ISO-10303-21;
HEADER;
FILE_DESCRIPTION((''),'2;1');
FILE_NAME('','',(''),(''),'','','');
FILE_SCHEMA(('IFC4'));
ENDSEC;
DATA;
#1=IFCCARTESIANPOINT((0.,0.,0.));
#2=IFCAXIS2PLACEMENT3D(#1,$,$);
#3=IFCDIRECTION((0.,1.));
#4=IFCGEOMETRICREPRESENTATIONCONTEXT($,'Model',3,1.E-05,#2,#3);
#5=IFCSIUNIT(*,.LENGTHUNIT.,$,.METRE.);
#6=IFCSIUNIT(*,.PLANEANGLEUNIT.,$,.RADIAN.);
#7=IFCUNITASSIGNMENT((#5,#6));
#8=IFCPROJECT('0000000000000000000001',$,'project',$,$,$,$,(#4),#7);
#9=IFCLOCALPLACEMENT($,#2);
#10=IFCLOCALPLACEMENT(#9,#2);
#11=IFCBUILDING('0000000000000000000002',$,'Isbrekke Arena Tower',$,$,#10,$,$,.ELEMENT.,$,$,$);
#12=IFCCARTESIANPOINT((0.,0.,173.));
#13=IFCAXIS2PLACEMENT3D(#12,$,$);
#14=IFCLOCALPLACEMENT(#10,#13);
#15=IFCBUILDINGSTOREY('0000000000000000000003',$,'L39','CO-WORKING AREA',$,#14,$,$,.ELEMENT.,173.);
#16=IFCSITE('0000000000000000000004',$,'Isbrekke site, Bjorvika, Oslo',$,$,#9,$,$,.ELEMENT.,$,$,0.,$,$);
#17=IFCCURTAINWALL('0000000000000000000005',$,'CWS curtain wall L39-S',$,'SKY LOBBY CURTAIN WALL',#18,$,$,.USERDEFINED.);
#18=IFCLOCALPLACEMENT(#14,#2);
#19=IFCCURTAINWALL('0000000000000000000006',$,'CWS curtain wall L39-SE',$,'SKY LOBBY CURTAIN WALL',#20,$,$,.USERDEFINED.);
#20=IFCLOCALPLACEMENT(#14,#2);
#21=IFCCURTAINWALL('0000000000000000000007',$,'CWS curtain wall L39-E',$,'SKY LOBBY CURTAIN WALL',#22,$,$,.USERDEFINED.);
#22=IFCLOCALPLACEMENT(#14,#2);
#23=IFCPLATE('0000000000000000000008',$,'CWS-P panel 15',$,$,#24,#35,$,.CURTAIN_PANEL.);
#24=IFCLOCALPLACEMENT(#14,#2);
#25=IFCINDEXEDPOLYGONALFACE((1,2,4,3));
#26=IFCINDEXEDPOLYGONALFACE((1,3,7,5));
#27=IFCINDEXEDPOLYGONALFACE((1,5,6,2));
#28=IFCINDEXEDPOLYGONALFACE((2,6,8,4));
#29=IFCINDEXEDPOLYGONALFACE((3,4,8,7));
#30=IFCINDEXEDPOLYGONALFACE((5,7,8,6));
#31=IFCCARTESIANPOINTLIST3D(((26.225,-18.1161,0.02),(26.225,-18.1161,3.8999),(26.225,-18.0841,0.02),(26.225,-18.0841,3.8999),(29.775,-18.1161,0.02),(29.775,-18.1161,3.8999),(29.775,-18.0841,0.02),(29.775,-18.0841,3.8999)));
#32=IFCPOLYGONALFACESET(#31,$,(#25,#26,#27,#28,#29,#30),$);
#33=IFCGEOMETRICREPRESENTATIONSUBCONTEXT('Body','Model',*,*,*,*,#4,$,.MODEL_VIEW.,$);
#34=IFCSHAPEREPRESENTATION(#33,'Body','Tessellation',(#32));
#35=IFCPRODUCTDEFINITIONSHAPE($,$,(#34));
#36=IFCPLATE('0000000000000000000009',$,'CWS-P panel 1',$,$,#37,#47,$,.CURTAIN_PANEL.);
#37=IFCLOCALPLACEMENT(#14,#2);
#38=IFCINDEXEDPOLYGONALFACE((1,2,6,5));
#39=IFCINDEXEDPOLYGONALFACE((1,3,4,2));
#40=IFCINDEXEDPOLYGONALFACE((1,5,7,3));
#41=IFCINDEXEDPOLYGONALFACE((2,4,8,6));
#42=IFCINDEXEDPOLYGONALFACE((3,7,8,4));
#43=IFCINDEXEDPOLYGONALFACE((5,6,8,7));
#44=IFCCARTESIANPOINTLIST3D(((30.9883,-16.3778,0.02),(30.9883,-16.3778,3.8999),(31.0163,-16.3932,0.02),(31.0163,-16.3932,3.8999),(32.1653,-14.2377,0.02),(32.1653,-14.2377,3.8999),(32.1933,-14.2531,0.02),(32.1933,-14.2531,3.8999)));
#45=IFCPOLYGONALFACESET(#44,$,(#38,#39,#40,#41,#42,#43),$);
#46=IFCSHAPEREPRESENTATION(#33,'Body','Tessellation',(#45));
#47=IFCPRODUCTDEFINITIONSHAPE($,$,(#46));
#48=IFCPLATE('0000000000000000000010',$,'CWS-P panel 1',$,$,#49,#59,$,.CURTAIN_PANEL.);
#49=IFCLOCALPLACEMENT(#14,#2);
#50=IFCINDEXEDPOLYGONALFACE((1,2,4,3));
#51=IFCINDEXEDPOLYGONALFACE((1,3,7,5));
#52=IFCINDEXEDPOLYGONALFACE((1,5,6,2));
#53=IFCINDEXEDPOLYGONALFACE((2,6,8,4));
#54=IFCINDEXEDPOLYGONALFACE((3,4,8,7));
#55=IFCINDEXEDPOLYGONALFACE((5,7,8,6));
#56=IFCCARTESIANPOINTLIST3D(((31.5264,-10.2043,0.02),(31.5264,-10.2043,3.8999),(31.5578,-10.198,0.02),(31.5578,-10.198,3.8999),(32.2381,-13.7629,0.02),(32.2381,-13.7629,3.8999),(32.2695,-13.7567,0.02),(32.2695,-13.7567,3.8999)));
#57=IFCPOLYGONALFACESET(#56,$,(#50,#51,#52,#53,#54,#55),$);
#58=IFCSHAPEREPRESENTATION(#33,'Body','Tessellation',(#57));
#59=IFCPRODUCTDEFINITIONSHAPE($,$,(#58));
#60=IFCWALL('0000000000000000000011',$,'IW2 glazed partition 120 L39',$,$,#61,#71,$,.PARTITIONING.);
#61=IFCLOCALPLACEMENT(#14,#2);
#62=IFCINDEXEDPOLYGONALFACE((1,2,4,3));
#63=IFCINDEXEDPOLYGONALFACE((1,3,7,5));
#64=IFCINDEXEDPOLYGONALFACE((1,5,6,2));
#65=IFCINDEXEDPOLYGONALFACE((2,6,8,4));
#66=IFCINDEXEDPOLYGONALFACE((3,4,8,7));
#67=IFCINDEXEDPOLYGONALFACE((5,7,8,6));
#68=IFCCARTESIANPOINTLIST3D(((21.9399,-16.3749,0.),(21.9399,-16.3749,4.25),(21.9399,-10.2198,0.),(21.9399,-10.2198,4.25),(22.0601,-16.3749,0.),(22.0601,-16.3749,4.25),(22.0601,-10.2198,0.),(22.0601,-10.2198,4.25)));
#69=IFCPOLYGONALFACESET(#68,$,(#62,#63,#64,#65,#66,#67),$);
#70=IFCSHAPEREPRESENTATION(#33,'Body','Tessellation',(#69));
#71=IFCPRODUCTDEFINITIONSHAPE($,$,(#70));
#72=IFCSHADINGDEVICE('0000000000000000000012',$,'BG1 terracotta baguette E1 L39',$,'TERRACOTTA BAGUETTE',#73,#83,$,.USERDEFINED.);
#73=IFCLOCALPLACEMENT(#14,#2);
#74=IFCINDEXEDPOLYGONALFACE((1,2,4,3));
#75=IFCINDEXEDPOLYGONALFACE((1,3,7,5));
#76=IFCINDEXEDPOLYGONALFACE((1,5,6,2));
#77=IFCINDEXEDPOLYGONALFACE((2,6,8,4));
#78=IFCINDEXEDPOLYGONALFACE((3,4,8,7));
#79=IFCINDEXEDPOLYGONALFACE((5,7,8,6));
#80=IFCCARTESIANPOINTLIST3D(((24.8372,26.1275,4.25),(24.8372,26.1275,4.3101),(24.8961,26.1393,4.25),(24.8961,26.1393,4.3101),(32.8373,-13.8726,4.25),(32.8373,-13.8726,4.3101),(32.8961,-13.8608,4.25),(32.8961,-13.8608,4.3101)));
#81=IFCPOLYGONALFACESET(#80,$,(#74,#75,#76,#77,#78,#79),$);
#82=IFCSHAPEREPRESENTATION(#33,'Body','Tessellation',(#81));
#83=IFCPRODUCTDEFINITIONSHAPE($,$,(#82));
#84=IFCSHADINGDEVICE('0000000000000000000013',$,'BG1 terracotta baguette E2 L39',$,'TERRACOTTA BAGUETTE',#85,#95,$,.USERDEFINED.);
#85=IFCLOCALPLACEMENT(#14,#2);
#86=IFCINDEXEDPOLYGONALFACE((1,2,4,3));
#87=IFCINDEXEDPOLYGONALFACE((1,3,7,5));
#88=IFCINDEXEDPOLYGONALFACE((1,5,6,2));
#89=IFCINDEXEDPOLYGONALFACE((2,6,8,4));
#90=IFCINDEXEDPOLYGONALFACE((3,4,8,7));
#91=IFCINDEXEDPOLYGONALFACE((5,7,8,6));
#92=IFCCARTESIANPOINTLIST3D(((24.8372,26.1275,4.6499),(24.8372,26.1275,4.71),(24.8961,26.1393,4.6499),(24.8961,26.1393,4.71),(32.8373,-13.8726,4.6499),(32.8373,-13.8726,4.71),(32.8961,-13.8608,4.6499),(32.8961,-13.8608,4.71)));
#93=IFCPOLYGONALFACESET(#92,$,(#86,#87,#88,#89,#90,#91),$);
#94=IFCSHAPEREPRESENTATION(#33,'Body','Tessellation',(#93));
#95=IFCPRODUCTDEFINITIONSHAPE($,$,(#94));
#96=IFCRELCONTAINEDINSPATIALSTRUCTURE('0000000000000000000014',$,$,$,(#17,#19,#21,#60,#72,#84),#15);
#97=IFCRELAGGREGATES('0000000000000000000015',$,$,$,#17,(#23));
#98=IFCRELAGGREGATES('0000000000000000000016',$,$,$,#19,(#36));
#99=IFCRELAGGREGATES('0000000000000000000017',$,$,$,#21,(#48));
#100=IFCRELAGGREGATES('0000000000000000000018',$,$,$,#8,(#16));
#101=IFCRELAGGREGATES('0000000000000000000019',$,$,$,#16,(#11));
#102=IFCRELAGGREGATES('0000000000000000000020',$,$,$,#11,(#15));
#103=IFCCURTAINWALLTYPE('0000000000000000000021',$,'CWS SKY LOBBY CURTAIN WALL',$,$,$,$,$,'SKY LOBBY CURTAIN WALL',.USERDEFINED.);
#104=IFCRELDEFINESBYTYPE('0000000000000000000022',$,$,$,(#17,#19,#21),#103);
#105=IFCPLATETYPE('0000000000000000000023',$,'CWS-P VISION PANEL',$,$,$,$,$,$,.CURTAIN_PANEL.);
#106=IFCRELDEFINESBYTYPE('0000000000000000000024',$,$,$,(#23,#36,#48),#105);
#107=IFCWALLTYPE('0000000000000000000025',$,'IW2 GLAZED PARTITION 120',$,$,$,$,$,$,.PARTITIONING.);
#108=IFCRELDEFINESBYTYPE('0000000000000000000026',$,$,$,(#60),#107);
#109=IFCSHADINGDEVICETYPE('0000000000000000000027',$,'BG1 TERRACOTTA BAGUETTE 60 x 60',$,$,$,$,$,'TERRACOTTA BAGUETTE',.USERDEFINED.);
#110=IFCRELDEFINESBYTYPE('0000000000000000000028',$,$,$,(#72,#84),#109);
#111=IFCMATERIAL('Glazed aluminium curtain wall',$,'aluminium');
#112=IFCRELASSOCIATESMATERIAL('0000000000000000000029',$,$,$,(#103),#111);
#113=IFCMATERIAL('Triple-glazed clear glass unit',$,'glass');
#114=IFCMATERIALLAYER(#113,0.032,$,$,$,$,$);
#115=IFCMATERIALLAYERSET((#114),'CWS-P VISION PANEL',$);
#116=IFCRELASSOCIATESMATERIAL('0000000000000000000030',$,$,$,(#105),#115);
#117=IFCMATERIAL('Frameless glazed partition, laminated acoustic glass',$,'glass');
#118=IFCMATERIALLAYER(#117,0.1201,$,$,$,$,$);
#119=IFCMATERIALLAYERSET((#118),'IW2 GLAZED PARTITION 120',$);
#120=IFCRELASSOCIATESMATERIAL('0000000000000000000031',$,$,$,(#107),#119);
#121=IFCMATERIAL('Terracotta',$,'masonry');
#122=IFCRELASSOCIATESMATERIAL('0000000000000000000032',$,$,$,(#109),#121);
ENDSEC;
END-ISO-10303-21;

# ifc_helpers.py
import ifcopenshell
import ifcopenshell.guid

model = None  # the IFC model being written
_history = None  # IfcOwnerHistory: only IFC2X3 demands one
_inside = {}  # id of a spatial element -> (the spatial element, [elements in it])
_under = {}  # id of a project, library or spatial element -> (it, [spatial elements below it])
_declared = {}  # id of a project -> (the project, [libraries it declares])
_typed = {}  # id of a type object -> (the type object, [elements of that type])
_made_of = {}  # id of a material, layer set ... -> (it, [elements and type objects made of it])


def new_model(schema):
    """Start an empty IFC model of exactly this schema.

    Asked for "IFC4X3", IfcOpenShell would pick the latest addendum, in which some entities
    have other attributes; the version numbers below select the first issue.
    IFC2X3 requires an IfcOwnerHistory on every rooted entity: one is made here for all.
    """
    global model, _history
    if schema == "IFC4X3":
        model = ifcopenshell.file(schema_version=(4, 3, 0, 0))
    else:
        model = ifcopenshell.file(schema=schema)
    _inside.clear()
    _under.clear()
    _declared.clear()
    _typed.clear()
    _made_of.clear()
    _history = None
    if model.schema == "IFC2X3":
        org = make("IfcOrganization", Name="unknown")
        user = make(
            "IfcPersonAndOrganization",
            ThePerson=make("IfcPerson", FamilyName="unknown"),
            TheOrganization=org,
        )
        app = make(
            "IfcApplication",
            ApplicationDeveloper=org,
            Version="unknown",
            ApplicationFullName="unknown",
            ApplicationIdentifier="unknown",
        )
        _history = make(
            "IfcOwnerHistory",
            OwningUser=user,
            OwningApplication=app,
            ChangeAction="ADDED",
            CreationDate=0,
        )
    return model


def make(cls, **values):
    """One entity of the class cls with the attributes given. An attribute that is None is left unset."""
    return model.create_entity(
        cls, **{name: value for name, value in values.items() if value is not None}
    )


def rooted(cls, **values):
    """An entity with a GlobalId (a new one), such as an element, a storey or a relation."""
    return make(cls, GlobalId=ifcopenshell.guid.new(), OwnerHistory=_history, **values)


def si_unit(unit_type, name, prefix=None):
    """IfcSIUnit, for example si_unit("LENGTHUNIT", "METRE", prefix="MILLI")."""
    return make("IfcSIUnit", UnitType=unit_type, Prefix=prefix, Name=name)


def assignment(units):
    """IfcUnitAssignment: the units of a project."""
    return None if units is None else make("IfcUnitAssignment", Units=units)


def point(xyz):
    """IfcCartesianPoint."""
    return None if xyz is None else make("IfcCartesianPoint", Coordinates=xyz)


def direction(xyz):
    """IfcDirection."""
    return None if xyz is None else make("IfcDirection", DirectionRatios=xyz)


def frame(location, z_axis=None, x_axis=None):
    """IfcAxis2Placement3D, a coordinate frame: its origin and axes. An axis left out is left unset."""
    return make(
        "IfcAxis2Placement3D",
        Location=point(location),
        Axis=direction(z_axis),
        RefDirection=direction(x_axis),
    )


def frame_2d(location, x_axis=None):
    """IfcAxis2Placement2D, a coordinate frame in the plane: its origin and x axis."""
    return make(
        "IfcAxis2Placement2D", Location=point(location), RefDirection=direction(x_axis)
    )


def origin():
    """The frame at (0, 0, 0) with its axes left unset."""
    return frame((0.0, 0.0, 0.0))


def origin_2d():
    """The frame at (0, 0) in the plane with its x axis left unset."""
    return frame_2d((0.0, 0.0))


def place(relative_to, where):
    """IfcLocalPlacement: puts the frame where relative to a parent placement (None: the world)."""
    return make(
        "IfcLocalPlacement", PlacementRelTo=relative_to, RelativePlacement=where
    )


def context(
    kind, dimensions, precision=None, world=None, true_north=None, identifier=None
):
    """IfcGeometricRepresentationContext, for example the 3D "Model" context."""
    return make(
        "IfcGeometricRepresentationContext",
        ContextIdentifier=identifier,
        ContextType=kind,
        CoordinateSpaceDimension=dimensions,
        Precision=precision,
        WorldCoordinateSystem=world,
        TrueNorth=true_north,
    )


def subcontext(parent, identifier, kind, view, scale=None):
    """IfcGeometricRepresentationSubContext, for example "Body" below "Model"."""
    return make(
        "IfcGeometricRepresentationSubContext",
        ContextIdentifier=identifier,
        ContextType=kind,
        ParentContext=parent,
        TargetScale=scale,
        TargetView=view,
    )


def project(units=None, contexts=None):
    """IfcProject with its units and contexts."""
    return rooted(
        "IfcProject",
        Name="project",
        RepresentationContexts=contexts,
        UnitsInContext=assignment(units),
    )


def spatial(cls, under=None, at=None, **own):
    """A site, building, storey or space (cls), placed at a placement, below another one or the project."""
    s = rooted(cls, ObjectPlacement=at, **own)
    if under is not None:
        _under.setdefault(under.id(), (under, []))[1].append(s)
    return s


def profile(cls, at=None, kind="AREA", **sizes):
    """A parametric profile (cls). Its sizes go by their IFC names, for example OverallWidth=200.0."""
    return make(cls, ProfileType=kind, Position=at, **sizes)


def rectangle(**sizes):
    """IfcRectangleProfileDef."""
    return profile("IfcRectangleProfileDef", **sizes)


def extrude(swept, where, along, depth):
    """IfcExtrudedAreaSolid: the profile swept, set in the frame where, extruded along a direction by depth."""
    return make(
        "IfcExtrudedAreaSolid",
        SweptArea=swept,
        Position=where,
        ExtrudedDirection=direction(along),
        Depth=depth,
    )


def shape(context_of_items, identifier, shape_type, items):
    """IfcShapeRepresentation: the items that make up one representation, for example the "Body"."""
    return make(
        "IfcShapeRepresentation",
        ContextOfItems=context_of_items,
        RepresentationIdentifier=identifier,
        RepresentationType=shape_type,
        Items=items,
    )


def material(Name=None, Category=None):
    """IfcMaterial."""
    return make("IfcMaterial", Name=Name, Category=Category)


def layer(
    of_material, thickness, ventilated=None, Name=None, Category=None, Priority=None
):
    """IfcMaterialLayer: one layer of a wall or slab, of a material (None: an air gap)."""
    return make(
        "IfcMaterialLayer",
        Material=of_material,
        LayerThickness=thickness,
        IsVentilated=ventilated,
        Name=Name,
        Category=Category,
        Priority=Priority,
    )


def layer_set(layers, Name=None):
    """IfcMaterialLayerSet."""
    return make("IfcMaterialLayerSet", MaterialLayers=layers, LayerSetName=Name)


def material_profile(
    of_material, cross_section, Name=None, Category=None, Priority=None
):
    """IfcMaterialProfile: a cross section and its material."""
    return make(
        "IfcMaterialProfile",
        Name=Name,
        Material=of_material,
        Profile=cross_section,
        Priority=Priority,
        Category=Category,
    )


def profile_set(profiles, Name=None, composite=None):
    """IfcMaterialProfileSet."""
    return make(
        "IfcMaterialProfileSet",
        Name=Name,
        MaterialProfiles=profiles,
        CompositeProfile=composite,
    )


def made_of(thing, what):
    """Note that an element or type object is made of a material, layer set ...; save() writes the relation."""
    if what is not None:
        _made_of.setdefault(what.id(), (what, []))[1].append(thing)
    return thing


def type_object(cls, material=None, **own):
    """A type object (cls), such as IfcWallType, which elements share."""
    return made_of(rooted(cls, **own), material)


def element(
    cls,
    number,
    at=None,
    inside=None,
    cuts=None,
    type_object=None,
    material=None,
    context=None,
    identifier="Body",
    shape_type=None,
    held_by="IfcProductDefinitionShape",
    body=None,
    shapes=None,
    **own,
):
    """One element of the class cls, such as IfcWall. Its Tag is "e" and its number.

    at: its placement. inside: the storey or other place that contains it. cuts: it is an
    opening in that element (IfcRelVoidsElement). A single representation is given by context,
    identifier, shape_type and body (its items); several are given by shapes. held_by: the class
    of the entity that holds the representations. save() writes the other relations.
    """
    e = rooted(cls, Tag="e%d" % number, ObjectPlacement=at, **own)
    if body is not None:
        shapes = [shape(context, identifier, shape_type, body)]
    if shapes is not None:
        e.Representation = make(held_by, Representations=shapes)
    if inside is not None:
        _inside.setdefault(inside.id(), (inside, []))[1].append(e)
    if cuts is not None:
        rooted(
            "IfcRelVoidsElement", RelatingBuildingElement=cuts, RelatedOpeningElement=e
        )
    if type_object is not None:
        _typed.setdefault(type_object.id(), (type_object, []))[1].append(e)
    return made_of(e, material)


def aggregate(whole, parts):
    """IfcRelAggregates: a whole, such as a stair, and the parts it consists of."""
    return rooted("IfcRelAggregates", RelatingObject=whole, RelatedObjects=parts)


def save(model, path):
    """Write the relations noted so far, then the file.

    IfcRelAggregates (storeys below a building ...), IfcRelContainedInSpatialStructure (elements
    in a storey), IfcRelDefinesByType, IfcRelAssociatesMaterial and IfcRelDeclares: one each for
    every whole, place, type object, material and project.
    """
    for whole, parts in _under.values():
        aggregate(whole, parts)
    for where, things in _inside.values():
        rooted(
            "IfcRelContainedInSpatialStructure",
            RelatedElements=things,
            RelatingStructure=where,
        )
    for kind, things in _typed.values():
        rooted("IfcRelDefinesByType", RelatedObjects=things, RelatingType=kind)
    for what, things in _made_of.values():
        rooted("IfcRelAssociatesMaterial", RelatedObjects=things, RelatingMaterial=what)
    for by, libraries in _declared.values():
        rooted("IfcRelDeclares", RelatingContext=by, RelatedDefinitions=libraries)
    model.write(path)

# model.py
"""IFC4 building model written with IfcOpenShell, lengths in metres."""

from ifc_helpers import new_model, si_unit, direction, frame, frame_2d, origin, origin_2d, place, context, subcontext, project, spatial, rectangle, extrude, material, layer, layer_set, material_profile, profile_set, type_object, element, aggregate, save


model = new_model("IFC4")

# Units and contexts
model_context = context("Model", 3, precision=1e-05, world=origin(), true_north=direction((0.0, 1.0)))
body_context = subcontext(model_context, "Body", "Model", "MODEL_VIEW")
ifc_project = project(units=[si_unit("LENGTHUNIT", "METRE"), si_unit("PLANEANGLEUNIT", "RADIAN")], contexts=[model_context])

# Site, building, storey
site_placement = place(None, origin())
site = spatial("IfcSite", under=ifc_project, at=site_placement, Name="Isbrekke site, Bjorvika, Oslo", CompositionType="ELEMENT", RefElevation=0.0)
building_placement = place(site_placement, origin())
building = spatial("IfcBuilding", under=site, at=building_placement, Name="Isbrekke Arena Tower", CompositionType="ELEMENT")
storey_placement = place(building_placement, frame((0.0, 0.0, 173.0)))
storey = spatial("IfcBuildingStorey", under=building, at=storey_placement, Name="L39", Description="CO-WORKING AREA", CompositionType="ELEMENT", Elevation=173.0)

# Curtain walls
ifc_material_1 = material(Name="Glazed aluminium curtain wall", Category="aluminium")
curtain_wall_type = type_object("IfcCurtainWallType", Name="CWS SKY LOBBY CURTAIN WALL", ElementType="SKY LOBBY CURTAIN WALL", PredefinedType="USERDEFINED", material=ifc_material_1)
curtain_wall_1_placement = place(storey_placement, origin())
curtain_wall_1 = element("IfcCurtainWall", 1, at=curtain_wall_1_placement, inside=storey, type_object=curtain_wall_type, Name="CWS curtain wall L39-S", ObjectType="SKY LOBBY CURTAIN WALL", PredefinedType="USERDEFINED")
curtain_wall_2_placement = place(storey_placement, origin())
curtain_wall_2 = element("IfcCurtainWall", 2, at=curtain_wall_2_placement, inside=storey, type_object=curtain_wall_type, Name="CWS curtain wall L39-SE", ObjectType="SKY LOBBY CURTAIN WALL", PredefinedType="USERDEFINED")

# Curtain wall
curtain_wall_3_placement = place(storey_placement, origin())
curtain_wall_3 = element("IfcCurtainWall", 3, at=curtain_wall_3_placement, inside=storey, type_object=curtain_wall_type, Name="CWS curtain wall L39-E", ObjectType="SKY LOBBY CURTAIN WALL", PredefinedType="USERDEFINED")

# Plates
ifc_material_2 = material(Name="Triple-glazed clear glass unit", Category="glass")
ifc_layer_1 = layer(ifc_material_2, 0.032)
ifc_layer_set_1 = layer_set([ifc_layer_1], Name="CWS-P VISION PANEL")
plate_type = type_object("IfcPlateType", Name="CWS-P VISION PANEL", PredefinedType="CURTAIN_PANEL", material=ifc_layer_set_1)
plate_1_placement = place(storey_placement, frame((28.0, -18.1001, 0.02), z_axis=(0.0, 0.0, 1.0), x_axis=(1.0, 0.0, 0.0)))
plate_1 = element("IfcPlate", 4, at=plate_1_placement, type_object=plate_type, Name="CWS-P panel 15", PredefinedType="CURTAIN_PANEL", context=body_context, shape_type="SweptSolid", body=[
    extrude(rectangle(XDim=3.55, YDim=0.032, at=origin_2d()), origin(), (0.0, 0.0, 1.0), 3.8799),
])
aggregate(curtain_wall_1, [plate_1])
plate_2_placement = place(storey_placement, frame((31.5908, -15.3154, 0.02), z_axis=(0.0, 0.0, 1.0), x_axis=(0.481919, 0.876216, 0.0)))
plate_2 = element("IfcPlate", 5, at=plate_2_placement, type_object=plate_type, Name="CWS-P panel 1", PredefinedType="CURTAIN_PANEL", context=body_context, shape_type="SweptSolid", body=[
    extrude(rectangle(XDim=2.4424, YDim=0.032, at=origin_2d()), origin(), (0.0, 0.0, 1.0), 3.8799),
])
aggregate(curtain_wall_2, [plate_2])
plate_3_placement = place(storey_placement, frame((31.8979, -11.9805, 0.02), z_axis=(0.0, 0.0, 1.0), x_axis=(-0.196116, 0.980581, 0.0)))
plate_3 = element("IfcPlate", 6, at=plate_3_placement, type_object=plate_type, Name="CWS-P panel 1", PredefinedType="CURTAIN_PANEL", context=body_context, shape_type="SweptSolid", body=[
    extrude(rectangle(XDim=3.6292, YDim=0.032, at=origin_2d()), origin(), (0.0, 0.0, 1.0), 3.8799),
])
aggregate(curtain_wall_3, [plate_3])

# Wall
ifc_material_3 = material(Name="Frameless glazed partition, laminated acoustic glass", Category="glass")
ifc_layer_2 = layer(ifc_material_3, 0.1201)
ifc_layer_set_2 = layer_set([ifc_layer_2], Name="IW2 GLAZED PARTITION 120")
wall_type = type_object("IfcWallType", Name="IW2 GLAZED PARTITION 120", PredefinedType="PARTITIONING", material=ifc_layer_set_2)
wall_placement = place(storey_placement, frame((22.0, -16.375, 0.0), z_axis=(0.0, 0.0, 1.0), x_axis=(0.0, 1.0, 0.0)))
element("IfcWall", 7, at=wall_placement, inside=storey, type_object=wall_type, Name="IW2 glazed partition 120 L39", PredefinedType="PARTITIONING", context=body_context, shape_type="SweptSolid", body=[
    extrude(rectangle(XDim=6.155, YDim=0.1201, at=frame_2d((3.0776, 0.0))), origin(), (0.0, 0.0, 1.0), 4.25),
])

# Shading devices
ifc_material_4 = material(Name="Terracotta", Category="masonry")
ifc_material_profile_1 = material_profile(ifc_material_4, rectangle(XDim=0.0601, YDim=0.0601, at=origin_2d()), Name="BAGUETTE 60X60")
ifc_profile_set_1 = profile_set([ifc_material_profile_1], Name="Terracotta")
shading_device_type = type_object("IfcShadingDeviceType", Name="BG1 TERRACOTTA BAGUETTE 60 x 60", ElementType="TERRACOTTA BAGUETTE", PredefinedType="USERDEFINED", material=ifc_profile_set_1)
for number, where, z_axis, x_axis, name in (
    (8, (32.8667, -13.8667, 4.28), (-0.196116, 0.980581, 0.0), (-0.980581, -0.196116, 0.0), "BG1 terracotta baguette E1 L39"),
    (9, (32.8667, -13.8667, 4.6799), (-0.196116, 0.980581, 0.0), (-0.980581, -0.196116, 0.0), "BG1 terracotta baguette E2 L39"),
):
    element("IfcShadingDevice", number, at=place(storey_placement, frame(where, z_axis=z_axis, x_axis=x_axis)), inside=storey, type_object=shading_device_type, Name=name, ObjectType="TERRACOTTA BAGUETTE", PredefinedType="USERDEFINED", context=body_context, shape_type="SweptSolid", body=[
        extrude(rectangle(XDim=0.0601, YDim=0.0601, at=origin_2d()), origin(), (0.0, 0.0, 1.0), 40.7922),
    ])

save(model, "model.ifc")
